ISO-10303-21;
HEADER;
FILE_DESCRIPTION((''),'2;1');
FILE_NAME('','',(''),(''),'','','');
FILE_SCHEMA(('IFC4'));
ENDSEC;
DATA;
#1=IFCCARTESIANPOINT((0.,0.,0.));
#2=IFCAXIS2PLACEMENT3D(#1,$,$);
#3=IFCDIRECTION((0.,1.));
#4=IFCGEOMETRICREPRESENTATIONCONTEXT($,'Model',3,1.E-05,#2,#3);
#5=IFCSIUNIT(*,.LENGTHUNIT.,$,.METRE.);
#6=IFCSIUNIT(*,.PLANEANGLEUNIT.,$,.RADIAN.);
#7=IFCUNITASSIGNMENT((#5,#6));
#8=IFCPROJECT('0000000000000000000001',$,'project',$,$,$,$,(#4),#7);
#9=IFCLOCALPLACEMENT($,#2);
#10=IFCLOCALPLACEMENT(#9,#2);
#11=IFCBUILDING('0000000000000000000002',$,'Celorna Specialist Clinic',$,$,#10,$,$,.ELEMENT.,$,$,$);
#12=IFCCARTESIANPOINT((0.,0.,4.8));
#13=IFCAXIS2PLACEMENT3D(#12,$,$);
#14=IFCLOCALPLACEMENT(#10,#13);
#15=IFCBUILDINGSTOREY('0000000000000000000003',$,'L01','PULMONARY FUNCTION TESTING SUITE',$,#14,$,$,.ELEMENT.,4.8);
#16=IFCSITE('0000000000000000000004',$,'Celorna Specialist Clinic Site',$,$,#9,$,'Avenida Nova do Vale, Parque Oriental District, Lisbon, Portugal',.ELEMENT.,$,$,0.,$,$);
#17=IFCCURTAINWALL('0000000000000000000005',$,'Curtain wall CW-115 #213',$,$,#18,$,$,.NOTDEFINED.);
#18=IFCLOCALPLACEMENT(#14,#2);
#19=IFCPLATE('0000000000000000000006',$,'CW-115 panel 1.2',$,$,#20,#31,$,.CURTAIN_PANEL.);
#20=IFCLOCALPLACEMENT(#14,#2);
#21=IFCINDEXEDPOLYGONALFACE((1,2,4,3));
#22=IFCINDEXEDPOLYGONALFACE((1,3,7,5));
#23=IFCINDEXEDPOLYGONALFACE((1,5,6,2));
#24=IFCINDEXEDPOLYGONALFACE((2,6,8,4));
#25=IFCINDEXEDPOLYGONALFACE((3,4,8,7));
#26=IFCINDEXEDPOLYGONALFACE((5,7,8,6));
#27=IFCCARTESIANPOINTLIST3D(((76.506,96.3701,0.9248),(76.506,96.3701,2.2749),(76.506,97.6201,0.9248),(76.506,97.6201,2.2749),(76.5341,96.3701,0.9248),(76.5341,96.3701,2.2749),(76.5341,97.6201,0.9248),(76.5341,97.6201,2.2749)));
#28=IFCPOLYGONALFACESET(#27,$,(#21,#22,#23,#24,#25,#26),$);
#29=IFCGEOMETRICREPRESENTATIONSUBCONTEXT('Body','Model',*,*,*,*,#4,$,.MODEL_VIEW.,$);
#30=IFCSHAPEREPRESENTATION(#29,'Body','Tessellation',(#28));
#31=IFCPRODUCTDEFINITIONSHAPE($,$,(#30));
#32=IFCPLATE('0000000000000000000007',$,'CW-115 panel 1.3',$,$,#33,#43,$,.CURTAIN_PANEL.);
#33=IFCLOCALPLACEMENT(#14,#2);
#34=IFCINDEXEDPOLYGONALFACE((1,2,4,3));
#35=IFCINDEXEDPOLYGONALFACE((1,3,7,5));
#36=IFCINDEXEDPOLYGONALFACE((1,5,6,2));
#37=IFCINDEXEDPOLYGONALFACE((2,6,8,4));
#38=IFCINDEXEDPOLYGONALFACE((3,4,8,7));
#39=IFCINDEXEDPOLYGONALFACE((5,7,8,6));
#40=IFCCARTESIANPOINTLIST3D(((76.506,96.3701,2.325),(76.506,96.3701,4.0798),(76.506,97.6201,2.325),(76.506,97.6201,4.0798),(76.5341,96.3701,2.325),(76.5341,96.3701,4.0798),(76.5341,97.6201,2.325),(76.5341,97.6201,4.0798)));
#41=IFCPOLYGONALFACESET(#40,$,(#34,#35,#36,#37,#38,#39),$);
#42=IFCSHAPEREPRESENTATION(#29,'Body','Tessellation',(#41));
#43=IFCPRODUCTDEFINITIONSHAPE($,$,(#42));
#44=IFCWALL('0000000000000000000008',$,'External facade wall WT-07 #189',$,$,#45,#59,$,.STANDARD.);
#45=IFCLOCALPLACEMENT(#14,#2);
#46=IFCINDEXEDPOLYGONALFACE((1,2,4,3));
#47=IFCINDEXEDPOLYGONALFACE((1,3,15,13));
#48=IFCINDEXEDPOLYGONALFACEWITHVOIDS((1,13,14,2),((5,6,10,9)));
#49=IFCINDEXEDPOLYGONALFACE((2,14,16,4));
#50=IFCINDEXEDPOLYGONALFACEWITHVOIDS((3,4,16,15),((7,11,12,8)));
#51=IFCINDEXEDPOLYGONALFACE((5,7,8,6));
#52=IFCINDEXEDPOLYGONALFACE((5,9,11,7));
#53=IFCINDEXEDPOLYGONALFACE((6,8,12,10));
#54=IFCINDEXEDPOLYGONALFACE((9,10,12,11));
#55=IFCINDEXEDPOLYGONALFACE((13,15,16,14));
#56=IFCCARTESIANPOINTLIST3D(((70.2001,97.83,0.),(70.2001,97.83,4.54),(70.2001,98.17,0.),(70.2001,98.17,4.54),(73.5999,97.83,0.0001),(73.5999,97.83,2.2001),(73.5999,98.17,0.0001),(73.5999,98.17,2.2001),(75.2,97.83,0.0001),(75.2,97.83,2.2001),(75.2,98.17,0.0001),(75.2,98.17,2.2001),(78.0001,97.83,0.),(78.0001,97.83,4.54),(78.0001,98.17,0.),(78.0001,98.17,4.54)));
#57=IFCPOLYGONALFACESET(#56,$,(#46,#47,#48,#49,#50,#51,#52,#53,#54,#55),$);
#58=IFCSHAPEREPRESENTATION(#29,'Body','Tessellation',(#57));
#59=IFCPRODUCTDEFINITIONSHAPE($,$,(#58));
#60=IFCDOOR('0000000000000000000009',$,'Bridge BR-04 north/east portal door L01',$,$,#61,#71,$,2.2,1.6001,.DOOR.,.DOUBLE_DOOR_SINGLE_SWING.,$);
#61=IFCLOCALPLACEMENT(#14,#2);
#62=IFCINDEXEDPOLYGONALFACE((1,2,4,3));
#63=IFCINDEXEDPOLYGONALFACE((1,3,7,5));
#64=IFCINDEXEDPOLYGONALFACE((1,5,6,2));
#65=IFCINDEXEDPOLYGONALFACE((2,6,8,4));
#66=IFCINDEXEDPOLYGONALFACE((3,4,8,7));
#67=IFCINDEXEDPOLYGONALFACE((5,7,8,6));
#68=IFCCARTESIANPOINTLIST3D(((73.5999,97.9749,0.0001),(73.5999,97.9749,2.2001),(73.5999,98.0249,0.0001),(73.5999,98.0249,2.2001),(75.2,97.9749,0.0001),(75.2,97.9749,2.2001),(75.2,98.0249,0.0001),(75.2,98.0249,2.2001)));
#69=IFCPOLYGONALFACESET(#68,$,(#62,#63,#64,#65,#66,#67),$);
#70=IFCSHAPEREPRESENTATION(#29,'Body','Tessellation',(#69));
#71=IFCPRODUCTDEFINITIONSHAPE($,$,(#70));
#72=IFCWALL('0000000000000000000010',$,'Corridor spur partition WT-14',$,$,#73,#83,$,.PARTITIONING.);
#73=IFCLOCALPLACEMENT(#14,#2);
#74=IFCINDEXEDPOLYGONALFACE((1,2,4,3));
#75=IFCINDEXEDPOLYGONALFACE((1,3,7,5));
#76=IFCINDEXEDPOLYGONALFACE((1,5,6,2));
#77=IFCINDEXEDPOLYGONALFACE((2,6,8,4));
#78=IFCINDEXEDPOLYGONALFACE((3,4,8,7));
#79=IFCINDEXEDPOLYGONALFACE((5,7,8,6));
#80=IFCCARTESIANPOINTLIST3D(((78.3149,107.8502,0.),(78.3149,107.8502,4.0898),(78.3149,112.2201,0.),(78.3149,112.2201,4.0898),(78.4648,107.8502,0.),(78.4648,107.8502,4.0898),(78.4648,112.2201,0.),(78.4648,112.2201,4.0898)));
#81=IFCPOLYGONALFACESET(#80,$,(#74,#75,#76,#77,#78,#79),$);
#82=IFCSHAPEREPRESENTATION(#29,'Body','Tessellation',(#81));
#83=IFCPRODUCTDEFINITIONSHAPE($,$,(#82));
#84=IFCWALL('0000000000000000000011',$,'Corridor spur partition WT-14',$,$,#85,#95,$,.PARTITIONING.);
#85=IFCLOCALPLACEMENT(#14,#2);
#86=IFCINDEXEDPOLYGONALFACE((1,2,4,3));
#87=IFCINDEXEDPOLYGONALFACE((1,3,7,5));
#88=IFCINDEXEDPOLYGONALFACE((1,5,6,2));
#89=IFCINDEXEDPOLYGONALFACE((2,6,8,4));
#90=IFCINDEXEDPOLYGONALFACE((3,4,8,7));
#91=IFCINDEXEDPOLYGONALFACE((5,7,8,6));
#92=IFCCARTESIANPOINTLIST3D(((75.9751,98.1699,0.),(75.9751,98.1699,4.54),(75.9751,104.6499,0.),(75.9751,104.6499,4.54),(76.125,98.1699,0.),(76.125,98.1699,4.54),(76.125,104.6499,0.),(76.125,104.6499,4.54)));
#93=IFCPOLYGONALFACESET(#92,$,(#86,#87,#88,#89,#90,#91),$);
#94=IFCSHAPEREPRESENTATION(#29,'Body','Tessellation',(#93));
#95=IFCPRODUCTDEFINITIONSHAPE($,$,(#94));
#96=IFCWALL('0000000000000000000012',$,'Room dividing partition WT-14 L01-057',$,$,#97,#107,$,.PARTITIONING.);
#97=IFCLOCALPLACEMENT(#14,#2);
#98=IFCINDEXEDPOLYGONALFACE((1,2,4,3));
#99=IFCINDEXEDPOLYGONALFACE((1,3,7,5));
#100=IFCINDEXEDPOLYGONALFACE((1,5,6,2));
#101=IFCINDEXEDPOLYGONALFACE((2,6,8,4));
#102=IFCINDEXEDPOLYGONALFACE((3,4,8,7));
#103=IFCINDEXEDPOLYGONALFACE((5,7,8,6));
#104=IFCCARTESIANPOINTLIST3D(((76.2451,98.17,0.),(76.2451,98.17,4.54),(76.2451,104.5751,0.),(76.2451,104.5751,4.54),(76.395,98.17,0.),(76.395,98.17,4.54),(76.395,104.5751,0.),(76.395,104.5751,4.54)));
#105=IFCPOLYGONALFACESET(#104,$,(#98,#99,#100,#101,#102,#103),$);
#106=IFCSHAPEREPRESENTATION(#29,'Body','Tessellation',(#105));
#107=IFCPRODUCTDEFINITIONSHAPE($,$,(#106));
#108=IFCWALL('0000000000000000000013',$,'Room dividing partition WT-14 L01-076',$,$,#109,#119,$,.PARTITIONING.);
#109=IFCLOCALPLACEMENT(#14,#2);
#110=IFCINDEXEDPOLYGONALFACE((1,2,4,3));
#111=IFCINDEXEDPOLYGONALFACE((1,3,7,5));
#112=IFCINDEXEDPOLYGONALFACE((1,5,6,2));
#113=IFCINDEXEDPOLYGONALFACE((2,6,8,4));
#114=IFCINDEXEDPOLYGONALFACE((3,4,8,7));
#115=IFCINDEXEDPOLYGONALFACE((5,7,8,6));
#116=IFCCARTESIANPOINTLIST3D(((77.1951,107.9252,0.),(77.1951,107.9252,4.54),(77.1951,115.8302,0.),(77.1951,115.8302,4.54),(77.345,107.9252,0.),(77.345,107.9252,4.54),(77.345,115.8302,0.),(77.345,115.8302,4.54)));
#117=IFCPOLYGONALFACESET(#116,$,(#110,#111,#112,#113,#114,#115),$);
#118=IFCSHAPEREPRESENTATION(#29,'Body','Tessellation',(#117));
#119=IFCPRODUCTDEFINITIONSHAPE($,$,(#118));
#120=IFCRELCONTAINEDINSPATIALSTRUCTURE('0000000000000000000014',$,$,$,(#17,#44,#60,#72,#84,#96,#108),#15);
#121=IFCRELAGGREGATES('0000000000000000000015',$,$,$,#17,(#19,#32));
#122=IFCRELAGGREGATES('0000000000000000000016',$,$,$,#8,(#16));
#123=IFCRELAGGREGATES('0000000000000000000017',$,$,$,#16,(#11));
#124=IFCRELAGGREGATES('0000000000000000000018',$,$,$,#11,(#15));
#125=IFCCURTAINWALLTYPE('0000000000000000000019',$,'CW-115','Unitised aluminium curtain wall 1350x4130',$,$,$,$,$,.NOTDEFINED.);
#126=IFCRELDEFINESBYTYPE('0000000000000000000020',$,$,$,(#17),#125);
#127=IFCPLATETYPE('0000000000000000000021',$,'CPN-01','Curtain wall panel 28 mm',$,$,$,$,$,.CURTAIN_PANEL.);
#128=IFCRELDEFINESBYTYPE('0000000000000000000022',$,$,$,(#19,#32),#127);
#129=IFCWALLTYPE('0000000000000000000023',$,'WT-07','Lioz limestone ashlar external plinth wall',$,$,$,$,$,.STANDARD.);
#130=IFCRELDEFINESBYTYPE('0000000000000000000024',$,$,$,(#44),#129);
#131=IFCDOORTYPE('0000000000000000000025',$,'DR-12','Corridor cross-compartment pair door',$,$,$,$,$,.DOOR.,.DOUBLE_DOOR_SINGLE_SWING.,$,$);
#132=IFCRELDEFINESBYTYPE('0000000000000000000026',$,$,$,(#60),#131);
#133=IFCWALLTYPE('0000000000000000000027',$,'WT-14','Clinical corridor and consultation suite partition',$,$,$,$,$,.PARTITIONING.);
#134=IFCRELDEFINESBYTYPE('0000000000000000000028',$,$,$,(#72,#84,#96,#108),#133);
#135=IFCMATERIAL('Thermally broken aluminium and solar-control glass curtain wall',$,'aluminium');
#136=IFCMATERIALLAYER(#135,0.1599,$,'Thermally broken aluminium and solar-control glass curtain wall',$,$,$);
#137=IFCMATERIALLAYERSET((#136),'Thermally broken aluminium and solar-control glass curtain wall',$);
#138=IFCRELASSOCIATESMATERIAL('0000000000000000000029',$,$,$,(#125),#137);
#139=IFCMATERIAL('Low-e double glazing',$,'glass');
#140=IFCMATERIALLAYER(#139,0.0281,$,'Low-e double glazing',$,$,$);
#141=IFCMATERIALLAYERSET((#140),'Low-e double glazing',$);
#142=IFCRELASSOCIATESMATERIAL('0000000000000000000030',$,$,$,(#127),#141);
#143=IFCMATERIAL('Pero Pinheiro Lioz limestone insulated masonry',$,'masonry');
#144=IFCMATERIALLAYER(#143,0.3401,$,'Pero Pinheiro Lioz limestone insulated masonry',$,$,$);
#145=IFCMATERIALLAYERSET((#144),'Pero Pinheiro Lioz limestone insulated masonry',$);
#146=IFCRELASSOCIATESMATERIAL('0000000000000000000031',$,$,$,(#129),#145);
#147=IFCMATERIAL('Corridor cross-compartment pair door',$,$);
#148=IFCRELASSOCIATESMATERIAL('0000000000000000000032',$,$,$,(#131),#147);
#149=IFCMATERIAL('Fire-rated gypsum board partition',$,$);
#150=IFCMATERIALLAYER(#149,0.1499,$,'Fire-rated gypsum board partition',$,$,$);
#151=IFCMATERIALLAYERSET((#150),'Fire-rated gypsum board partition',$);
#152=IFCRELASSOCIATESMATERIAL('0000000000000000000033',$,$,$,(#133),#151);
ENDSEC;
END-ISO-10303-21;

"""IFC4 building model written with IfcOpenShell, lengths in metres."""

from ifc_helpers import new_model, si_unit, direction, frame, frame_2d, origin, origin_2d, place, context, subcontext, project, spatial, rectangle, extrude, material, layer, layer_set, type_object, element, fill, aggregate, save


model = new_model("IFC4")

# Units and contexts
model_context = context("Model", 3, precision=1e-05, world=origin(), true_north=direction((0.0, 1.0)))
body_context = subcontext(model_context, "Body", "Model", "MODEL_VIEW")
ifc_project = project(units=[si_unit("LENGTHUNIT", "METRE"), si_unit("PLANEANGLEUNIT", "RADIAN")], contexts=[model_context])

# Site, building, storey
site_placement = place(None, origin())
site = spatial("IfcSite", under=ifc_project, at=site_placement, Name="Celorna Specialist Clinic Site", LongName="Avenida Nova do Vale, Parque Oriental District, Lisbon, Portugal", CompositionType="ELEMENT", RefElevation=0.0)
building_placement = place(site_placement, origin())
building = spatial("IfcBuilding", under=site, at=building_placement, Name="Celorna Specialist Clinic", CompositionType="ELEMENT")
storey_placement = place(building_placement, frame((0.0, 0.0, 4.8)))
storey = spatial("IfcBuildingStorey", under=building, at=storey_placement, Name="L01", Description="PULMONARY FUNCTION TESTING SUITE", CompositionType="ELEMENT", Elevation=4.8)

# Curtain wall, plates
ifc_material_1 = material(Name="Thermally broken aluminium and solar-control glass curtain wall", Category="aluminium")
ifc_layer_1 = layer(ifc_material_1, 0.1599, Name="Thermally broken aluminium and solar-control glass curtain wall")
ifc_layer_set_1 = layer_set([ifc_layer_1], Name="Thermally broken aluminium and solar-control glass curtain wall")
curtain_wall_type = type_object("IfcCurtainWallType", Name="CW-115", Description="Unitised aluminium curtain wall 1350x4130", PredefinedType="NOTDEFINED", material=ifc_layer_set_1)
curtain_wall_placement = place(storey_placement, origin())
curtain_wall = element("IfcCurtainWall", 1, at=curtain_wall_placement, inside=storey, type_object=curtain_wall_type, Name="Curtain wall CW-115 #213", PredefinedType="NOTDEFINED")
ifc_material_2 = material(Name="Low-e double glazing", Category="glass")
ifc_layer_2 = layer(ifc_material_2, 0.0281, Name="Low-e double glazing")
ifc_layer_set_2 = layer_set([ifc_layer_2], Name="Low-e double glazing")
plate_type = type_object("IfcPlateType", Name="CPN-01", Description="Curtain wall panel 28 mm", PredefinedType="CURTAIN_PANEL", material=ifc_layer_set_2)
plate_1_placement = place(storey_placement, frame((76.52, 96.9951, 0.9248), z_axis=(0.0, 0.0, 1.0), x_axis=(0.0, -1.0, 0.0)))
plate_1 = element("IfcPlate", 2, at=plate_1_placement, type_object=plate_type, Name="CW-115 panel 1.2", PredefinedType="CURTAIN_PANEL", context=body_context, shape_type="SweptSolid", body=[
    extrude(rectangle(XDim=1.25, YDim=0.0281, at=origin_2d()), origin(), (0.0, 0.0, 1.0), 1.3501),
])
plate_2_placement = place(storey_placement, frame((76.52, 96.9951, 2.325), z_axis=(0.0, 0.0, 1.0), x_axis=(0.0, -1.0, 0.0)))
plate_2 = element("IfcPlate", 3, at=plate_2_placement, type_object=plate_type, Name="CW-115 panel 1.3", PredefinedType="CURTAIN_PANEL", context=body_context, shape_type="SweptSolid", body=[
    extrude(rectangle(XDim=1.25, YDim=0.0281, at=origin_2d()), origin(), (0.0, 0.0, 1.0), 1.7549),
])
aggregate(curtain_wall, [plate_1, plate_2])

# Wall, opening, door
ifc_material_3 = material(Name="Pero Pinheiro Lioz limestone insulated masonry", Category="masonry")
ifc_layer_3 = layer(ifc_material_3, 0.3401, Name="Pero Pinheiro Lioz limestone insulated masonry")
ifc_layer_set_3 = layer_set([ifc_layer_3], Name="Pero Pinheiro Lioz limestone insulated masonry")
wall_type_1 = type_object("IfcWallType", Name="WT-07", Description="Lioz limestone ashlar external plinth wall", PredefinedType="STANDARD", material=ifc_layer_set_3)
wall_1_placement = place(storey_placement, frame((78.0, 98.0, 0.0), z_axis=(0.0, 0.0, 1.0), x_axis=(-1.0, 0.0, 0.0)))
wall_1 = element("IfcWall", 4, at=wall_1_placement, inside=storey, type_object=wall_type_1, Name="External facade wall WT-07 #189", PredefinedType="STANDARD", context=body_context, shape_type="SweptSolid", body=[
    extrude(rectangle(XDim=7.8, YDim=0.3401, at=frame_2d((3.8999, 0.0))), origin(), (0.0, 0.0, 1.0), 4.54),
])
opening_placement = place(wall_1_placement, frame((2.8, 0.0, 0.0)))
opening = element("IfcOpeningElement", 5, at=opening_placement, cuts=wall_1, PredefinedType="OPENING", context=body_context, shape_type="SweptSolid", body=[
    extrude(rectangle(XDim=1.6001, YDim=2.2, at=frame_2d((0.8, 1.1001))), frame((0.0, 0.1799, 0.0), z_axis=(0.0, -1.0, 0.0), x_axis=(1.0, 0.0, 0.0)), (0.0, 0.0, 1.0), 0.3601),
])
ifc_material_4 = material(Name="Corridor cross-compartment pair door")
door_type = type_object("IfcDoorType", Name="DR-12", Description="Corridor cross-compartment pair door", OperationType="DOUBLE_DOOR_SINGLE_SWING", PredefinedType="DOOR", material=ifc_material_4)
door_placement = place(opening_placement, frame((1.6001, 0.0, 0.0), z_axis=(0.0, 0.0, 1.0), x_axis=(-1.0, 0.0, 0.0)))
door = element("IfcDoor", 6, at=door_placement, inside=storey, type_object=door_type, Name="Bridge BR-04 north/east portal door L01", OperationType="DOUBLE_DOOR_SINGLE_SWING", OverallHeight=2.2, OverallWidth=1.6001, PredefinedType="DOOR", context=body_context, shape_type="SweptSolid", body=[
    extrude(rectangle(XDim=1.6001, YDim=2.2, at=frame_2d((0.8, 1.1001))), frame((0.0, 0.0249, 0.0), z_axis=(0.0, -1.0, 0.0), x_axis=(1.0, 0.0, 0.0)), (0.0, 0.0, 1.0), 0.05),
])
fill(opening, door)

# Walls
ifc_material_5 = material(Name="Fire-rated gypsum board partition")
ifc_layer_4 = layer(ifc_material_5, 0.1499, Name="Fire-rated gypsum board partition")
ifc_layer_set_4 = layer_set([ifc_layer_4], Name="Fire-rated gypsum board partition")
wall_type_2 = type_object("IfcWallType", Name="WT-14", Description="Clinical corridor and consultation suite partition", PredefinedType="PARTITIONING", material=ifc_layer_set_4)
wall_2_placement = place(storey_placement, frame((78.3899, 107.8501, 0.0), z_axis=(0.0, 0.0, 1.0), x_axis=(0.0, 1.0, 0.0)))
element("IfcWall", 7, at=wall_2_placement, inside=storey, type_object=wall_type_2, Name="Corridor spur partition WT-14", PredefinedType="PARTITIONING", context=body_context, shape_type="SweptSolid", body=[
    extrude(rectangle(XDim=4.3699, YDim=0.1499, at=frame_2d((2.1851, 0.0))), origin(), (0.0, 0.0, 1.0), 4.0898),
])
wall_3_placement = place(storey_placement, frame((76.05, 98.1699, 0.0), z_axis=(0.0, 0.0, 1.0), x_axis=(0.0, 1.0, 0.0)))
element("IfcWall", 8, at=wall_3_placement, inside=storey, type_object=wall_type_2, Name="Corridor spur partition WT-14", PredefinedType="PARTITIONING", context=body_context, shape_type="SweptSolid", body=[
    extrude(rectangle(XDim=6.48, YDim=0.1499, at=frame_2d((3.24, 0.0))), origin(), (0.0, 0.0, 1.0), 4.54),
])
wall_4_placement = place(storey_placement, frame((76.3201, 98.1699, 0.0), z_axis=(0.0, 0.0, 1.0), x_axis=(0.0, 1.0, 0.0)))
element("IfcWall", 9, at=wall_4_placement, inside=storey, type_object=wall_type_2, Name="Room dividing partition WT-14 L01-057", PredefinedType="PARTITIONING", context=body_context, shape_type="SweptSolid", body=[
    extrude(rectangle(XDim=6.405, YDim=0.1499, at=frame_2d((3.2026, 0.0))), origin(), (0.0, 0.0, 1.0), 4.54),
])
wall_5_placement = place(storey_placement, frame((77.27, 107.925, 0.0), z_axis=(0.0, 0.0, 1.0), x_axis=(0.0, 1.0, 0.0)))
element("IfcWall", 10, at=wall_5_placement, inside=storey, type_object=wall_type_2, Name="Room dividing partition WT-14 L01-076", PredefinedType="PARTITIONING", context=body_context, shape_type="SweptSolid", body=[
    extrude(rectangle(XDim=7.905, YDim=0.1499, at=frame_2d((3.9526, 0.0))), origin(), (0.0, 0.0, 1.0), 4.54),
])

save(model, "model.ifc")
